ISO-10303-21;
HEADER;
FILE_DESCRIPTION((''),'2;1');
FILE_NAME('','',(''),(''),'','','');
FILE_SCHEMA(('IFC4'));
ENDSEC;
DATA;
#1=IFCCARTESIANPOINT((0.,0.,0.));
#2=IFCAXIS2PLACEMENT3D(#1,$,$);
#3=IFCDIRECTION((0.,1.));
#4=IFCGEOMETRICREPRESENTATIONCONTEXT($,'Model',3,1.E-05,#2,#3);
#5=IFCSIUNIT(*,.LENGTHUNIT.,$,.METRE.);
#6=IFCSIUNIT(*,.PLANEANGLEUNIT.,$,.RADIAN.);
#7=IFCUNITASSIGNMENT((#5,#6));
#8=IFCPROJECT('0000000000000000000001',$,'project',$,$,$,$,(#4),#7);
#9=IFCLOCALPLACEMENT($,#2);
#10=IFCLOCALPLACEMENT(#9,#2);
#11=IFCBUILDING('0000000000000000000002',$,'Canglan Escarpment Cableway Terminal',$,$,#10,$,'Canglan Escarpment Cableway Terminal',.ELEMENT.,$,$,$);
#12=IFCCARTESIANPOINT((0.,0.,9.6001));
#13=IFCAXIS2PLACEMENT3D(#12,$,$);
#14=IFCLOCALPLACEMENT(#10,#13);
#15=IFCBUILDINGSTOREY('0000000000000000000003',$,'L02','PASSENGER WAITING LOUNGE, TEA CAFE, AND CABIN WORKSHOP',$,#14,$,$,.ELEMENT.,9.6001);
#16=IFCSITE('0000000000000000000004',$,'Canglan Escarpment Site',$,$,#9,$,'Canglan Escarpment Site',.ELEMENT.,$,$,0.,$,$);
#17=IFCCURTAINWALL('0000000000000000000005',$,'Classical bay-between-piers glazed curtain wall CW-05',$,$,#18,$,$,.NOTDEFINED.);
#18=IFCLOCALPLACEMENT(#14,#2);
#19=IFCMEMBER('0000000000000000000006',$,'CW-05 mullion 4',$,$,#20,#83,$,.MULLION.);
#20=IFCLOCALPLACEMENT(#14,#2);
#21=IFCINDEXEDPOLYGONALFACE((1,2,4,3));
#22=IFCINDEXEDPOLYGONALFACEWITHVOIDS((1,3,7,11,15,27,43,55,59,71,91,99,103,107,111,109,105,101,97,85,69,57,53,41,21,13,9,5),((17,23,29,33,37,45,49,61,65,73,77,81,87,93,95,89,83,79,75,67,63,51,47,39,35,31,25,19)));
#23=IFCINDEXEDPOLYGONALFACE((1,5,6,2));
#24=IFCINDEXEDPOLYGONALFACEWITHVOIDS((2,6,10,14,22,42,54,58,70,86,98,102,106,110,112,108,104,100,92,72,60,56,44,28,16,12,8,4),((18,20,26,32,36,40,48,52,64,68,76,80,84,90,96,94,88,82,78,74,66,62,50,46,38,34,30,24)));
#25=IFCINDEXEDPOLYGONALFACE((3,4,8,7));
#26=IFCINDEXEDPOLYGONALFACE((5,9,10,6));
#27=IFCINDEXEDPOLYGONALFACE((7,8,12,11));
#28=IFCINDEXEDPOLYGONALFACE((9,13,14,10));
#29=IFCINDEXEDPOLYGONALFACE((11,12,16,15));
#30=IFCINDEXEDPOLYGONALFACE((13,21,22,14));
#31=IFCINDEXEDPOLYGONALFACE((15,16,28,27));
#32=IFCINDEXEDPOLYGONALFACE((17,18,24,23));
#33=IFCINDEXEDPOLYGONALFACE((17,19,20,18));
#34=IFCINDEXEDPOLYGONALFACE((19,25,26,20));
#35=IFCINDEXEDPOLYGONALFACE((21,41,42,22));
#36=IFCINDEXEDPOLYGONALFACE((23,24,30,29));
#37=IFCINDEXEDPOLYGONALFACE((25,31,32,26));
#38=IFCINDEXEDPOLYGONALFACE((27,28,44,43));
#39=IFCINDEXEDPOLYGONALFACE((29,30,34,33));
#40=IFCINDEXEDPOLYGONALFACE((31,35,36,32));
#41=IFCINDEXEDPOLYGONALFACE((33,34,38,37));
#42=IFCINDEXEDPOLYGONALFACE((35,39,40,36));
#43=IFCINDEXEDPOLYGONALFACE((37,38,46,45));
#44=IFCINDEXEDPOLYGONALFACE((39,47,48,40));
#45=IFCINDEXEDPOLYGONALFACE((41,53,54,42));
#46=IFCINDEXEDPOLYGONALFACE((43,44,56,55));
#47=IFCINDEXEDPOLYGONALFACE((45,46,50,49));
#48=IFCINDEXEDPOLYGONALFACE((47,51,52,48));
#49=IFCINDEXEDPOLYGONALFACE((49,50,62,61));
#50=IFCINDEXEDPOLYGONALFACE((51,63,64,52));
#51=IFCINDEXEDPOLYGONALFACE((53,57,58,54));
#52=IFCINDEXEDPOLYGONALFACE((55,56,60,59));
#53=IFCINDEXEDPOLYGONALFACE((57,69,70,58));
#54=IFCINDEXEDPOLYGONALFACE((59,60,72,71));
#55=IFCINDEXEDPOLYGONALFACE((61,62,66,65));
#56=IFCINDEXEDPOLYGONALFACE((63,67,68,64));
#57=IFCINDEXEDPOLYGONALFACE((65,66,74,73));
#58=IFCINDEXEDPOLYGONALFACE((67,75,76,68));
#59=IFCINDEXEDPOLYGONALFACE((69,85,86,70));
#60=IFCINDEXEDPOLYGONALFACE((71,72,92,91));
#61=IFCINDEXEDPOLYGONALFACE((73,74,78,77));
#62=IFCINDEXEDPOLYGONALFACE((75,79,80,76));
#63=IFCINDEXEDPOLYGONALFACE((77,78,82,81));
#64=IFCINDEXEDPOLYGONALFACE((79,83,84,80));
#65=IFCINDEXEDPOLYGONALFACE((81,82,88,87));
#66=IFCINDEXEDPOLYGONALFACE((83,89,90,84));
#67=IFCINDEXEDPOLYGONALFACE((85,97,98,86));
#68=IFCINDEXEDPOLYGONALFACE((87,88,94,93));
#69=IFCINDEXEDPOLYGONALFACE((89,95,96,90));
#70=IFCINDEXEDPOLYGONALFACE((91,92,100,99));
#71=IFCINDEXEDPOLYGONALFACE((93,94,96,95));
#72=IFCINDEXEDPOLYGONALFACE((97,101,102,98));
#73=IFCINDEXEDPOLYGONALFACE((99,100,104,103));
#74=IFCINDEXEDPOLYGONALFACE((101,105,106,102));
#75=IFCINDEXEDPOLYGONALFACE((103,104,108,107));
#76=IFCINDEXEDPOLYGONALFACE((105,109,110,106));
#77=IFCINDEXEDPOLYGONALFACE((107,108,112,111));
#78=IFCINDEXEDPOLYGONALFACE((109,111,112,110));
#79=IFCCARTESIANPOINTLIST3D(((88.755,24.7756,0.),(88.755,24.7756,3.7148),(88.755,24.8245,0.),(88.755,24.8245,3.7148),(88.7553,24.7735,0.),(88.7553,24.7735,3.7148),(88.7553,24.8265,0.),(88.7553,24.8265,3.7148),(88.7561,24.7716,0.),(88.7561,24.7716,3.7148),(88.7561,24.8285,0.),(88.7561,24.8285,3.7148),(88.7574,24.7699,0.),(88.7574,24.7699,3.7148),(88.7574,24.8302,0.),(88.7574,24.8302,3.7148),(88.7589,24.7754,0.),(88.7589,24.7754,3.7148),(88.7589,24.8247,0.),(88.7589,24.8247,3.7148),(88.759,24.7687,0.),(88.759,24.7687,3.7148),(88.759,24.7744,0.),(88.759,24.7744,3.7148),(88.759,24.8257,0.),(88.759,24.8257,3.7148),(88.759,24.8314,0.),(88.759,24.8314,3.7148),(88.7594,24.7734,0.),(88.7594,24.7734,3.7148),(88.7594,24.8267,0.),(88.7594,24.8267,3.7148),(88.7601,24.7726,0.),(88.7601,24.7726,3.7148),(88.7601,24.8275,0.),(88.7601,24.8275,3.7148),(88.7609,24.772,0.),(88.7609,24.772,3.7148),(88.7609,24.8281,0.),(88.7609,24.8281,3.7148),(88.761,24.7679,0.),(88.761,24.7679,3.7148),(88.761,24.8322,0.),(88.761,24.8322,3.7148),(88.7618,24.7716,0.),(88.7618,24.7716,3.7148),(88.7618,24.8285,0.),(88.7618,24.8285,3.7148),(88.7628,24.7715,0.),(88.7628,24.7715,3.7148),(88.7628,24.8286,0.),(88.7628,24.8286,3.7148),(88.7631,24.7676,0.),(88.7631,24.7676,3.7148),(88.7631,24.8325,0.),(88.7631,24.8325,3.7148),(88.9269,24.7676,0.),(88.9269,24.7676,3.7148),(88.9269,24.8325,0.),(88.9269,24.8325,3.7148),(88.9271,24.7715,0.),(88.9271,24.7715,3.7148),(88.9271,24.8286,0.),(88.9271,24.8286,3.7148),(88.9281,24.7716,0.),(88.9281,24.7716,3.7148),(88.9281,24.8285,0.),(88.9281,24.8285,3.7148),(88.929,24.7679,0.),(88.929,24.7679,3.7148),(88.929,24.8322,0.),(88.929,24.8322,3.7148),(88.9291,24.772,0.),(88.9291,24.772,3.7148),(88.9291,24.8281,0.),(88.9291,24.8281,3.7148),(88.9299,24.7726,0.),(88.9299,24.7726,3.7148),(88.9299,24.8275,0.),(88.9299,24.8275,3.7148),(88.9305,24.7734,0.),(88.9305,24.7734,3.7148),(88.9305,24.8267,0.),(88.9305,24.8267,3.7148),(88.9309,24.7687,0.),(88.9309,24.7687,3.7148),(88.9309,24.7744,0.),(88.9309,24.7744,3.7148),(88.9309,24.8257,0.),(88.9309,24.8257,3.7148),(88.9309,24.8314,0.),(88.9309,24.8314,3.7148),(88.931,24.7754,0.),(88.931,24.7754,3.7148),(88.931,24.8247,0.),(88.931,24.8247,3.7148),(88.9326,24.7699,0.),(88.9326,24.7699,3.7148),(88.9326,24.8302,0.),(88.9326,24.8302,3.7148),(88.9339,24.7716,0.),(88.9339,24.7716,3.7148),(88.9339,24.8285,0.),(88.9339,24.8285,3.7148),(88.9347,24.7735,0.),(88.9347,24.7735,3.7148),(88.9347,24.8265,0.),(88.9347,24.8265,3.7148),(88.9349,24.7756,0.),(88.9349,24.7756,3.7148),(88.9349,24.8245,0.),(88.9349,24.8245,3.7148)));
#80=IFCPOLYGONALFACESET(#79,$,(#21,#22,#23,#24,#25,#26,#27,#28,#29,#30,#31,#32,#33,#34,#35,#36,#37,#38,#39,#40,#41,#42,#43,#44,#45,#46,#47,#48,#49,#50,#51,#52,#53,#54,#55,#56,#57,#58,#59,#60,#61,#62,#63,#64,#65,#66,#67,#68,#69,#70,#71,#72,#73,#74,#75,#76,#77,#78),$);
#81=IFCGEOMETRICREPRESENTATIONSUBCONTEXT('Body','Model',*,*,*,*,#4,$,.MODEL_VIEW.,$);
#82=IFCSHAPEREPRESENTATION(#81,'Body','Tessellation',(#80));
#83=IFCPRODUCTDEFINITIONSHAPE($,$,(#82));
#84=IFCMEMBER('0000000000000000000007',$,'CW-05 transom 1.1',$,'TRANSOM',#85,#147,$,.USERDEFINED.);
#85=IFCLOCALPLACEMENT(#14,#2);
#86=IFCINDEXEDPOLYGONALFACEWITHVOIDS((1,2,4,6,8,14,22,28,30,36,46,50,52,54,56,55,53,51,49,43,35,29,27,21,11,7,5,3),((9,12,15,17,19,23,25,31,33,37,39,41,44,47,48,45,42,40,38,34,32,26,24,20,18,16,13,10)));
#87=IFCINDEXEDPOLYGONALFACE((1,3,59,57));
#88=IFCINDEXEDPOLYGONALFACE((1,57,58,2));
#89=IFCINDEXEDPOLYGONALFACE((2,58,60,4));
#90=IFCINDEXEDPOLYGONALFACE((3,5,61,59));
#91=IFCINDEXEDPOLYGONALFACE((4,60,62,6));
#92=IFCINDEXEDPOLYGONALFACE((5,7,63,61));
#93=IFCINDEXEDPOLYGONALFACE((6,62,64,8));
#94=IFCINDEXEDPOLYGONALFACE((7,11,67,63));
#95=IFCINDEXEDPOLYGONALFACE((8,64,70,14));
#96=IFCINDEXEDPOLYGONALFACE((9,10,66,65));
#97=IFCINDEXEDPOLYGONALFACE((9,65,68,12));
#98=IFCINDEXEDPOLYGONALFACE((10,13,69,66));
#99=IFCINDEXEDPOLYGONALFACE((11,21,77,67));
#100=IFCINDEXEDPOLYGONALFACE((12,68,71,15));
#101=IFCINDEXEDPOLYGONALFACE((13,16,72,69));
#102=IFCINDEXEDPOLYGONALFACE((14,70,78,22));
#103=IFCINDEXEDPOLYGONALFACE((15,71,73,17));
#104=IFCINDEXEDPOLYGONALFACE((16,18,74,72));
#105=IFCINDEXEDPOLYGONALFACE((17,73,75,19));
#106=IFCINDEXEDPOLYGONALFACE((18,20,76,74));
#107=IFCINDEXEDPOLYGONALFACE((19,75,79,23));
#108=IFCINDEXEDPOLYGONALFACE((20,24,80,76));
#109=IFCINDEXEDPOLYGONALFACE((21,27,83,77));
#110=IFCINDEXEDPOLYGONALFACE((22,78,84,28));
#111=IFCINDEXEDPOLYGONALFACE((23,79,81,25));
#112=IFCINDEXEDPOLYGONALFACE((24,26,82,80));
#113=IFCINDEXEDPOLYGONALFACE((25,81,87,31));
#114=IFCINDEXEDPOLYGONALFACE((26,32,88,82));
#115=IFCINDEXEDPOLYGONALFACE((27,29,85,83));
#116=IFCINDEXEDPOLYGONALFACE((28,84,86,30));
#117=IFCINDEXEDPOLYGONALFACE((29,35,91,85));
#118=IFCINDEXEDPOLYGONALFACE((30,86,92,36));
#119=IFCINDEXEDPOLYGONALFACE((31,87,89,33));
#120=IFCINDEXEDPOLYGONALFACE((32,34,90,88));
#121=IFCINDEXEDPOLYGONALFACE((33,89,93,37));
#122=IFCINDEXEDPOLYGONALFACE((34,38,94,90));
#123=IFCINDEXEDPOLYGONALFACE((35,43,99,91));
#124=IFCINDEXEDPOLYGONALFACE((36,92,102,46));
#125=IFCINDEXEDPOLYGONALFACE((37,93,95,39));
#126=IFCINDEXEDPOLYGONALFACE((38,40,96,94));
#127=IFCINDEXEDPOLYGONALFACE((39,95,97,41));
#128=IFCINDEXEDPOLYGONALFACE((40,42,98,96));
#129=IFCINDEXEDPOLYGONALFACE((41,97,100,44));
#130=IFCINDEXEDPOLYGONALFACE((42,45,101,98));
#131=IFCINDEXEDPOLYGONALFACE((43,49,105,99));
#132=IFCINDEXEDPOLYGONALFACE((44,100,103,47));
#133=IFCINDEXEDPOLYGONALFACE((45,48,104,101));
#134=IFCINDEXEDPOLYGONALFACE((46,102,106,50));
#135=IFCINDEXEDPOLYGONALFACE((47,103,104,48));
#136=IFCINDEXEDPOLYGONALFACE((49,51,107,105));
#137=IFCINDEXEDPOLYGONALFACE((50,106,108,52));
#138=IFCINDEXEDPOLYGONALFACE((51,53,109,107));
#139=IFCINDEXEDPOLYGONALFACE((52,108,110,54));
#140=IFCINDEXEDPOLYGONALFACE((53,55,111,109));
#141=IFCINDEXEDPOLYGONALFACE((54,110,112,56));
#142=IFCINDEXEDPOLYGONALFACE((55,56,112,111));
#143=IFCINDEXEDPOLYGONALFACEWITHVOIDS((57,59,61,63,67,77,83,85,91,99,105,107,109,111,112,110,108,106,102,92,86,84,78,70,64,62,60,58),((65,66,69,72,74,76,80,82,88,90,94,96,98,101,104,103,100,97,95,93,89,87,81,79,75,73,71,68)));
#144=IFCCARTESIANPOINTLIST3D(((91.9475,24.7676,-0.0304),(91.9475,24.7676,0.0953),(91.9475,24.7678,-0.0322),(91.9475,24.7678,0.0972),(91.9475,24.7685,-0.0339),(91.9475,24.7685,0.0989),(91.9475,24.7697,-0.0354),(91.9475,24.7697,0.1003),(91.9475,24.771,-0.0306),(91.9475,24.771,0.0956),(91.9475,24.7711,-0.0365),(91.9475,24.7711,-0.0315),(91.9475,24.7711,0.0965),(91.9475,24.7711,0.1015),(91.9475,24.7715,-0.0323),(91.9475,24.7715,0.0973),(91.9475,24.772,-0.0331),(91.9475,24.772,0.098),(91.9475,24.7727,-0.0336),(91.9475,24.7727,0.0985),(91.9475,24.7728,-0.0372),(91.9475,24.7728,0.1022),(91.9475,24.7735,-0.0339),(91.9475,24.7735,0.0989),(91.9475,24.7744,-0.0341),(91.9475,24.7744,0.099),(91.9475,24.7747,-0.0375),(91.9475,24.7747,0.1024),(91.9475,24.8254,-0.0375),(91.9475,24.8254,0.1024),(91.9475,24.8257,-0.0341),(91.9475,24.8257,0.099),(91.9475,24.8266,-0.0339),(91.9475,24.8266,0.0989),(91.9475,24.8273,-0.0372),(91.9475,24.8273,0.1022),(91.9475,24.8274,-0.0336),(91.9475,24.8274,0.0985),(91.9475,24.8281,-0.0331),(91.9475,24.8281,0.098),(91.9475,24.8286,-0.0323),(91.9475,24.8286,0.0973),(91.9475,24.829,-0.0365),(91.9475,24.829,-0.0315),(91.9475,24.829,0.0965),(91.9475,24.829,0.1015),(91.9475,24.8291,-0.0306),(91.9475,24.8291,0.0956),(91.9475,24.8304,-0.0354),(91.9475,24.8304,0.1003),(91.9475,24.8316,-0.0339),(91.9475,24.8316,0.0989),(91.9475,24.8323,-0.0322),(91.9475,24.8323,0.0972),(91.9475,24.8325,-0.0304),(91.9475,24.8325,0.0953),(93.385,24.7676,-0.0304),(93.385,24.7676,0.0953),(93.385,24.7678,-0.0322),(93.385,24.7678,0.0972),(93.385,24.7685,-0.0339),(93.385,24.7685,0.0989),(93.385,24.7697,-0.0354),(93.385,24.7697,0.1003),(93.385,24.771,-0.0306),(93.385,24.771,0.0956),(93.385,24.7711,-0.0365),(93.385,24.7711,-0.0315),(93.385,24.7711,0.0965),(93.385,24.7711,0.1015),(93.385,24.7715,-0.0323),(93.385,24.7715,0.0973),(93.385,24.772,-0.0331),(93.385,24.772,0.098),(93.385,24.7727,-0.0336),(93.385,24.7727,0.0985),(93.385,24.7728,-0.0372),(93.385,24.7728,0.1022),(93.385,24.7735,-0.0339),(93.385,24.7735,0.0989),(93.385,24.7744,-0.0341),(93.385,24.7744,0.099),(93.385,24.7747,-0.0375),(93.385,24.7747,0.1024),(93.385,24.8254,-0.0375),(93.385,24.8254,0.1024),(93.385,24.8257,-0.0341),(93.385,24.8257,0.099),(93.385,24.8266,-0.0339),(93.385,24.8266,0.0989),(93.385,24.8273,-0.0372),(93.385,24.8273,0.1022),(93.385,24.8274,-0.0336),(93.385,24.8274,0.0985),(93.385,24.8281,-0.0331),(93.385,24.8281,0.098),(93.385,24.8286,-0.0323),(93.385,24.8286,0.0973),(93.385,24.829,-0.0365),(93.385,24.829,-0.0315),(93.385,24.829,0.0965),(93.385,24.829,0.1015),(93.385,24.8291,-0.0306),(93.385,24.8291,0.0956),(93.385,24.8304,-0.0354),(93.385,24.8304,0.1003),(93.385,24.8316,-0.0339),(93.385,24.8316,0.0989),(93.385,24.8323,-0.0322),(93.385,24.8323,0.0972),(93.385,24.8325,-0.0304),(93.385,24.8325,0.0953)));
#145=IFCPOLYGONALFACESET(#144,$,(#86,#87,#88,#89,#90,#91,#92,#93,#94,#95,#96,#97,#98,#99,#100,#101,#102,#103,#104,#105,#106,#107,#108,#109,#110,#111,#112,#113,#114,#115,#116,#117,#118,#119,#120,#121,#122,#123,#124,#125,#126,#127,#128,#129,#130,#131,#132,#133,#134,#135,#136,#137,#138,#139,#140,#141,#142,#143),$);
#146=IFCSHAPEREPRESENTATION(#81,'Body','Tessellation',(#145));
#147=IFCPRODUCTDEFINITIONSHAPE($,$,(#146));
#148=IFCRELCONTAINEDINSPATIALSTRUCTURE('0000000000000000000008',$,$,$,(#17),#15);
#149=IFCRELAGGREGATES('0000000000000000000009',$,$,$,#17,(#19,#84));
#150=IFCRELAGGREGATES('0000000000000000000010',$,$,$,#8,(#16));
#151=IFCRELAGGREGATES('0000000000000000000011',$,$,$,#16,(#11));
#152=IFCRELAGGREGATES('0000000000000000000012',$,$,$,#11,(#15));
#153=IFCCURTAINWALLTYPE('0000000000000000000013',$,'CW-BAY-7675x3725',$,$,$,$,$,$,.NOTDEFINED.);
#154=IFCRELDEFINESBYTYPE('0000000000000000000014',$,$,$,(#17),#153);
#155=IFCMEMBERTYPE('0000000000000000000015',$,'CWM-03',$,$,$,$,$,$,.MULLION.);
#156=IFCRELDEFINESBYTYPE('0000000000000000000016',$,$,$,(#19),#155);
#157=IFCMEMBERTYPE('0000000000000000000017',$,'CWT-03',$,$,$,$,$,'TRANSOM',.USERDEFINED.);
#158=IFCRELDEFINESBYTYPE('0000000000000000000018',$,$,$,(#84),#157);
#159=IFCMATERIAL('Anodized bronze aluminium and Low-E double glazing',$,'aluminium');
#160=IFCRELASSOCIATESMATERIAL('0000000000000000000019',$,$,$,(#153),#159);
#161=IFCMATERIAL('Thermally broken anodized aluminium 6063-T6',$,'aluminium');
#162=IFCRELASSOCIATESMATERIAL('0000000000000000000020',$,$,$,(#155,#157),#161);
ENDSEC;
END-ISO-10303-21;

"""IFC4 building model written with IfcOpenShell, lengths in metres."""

from ifc_helpers import new_model, si_unit, direction, frame, origin, origin_2d, place, context, subcontext, project, spatial, hollow_rectangle, extrude, material, material_profile, profile_set, type_object, element, aggregate, save


model = new_model("IFC4")

# Units and contexts
model_context = context("Model", 3, precision=1e-05, world=origin(), true_north=direction((0.0, 1.0)))
body_context = subcontext(model_context, "Body", "Model", "MODEL_VIEW")
ifc_project = project(units=[si_unit("LENGTHUNIT", "METRE"), si_unit("PLANEANGLEUNIT", "RADIAN")], contexts=[model_context])

# Site, building, storey
site_placement = place(None, origin())
site = spatial("IfcSite", under=ifc_project, at=site_placement, Name="Canglan Escarpment Site", LongName="Canglan Escarpment Site", CompositionType="ELEMENT", RefElevation=0.0)
building_placement = place(site_placement, origin())
building = spatial("IfcBuilding", under=site, at=building_placement, Name="Canglan Escarpment Cableway Terminal", LongName="Canglan Escarpment Cableway Terminal", CompositionType="ELEMENT")
storey_placement = place(building_placement, frame((0.0, 0.0, 9.6001)))
storey = spatial("IfcBuildingStorey", under=building, at=storey_placement, Name="L02", Description="PASSENGER WAITING LOUNGE, TEA CAFE, AND CABIN WORKSHOP", CompositionType="ELEMENT", Elevation=9.6001)

# Curtain wall, members
ifc_material_1 = material(Name="Anodized bronze aluminium and Low-E double glazing", Category="aluminium")
curtain_wall_type = type_object("IfcCurtainWallType", Name="CW-BAY-7675x3725", PredefinedType="NOTDEFINED", material=ifc_material_1)
curtain_wall_placement = place(storey_placement, origin())
curtain_wall = element("IfcCurtainWall", 1, at=curtain_wall_placement, inside=storey, type_object=curtain_wall_type, Name="Classical bay-between-piers glazed curtain wall CW-05", PredefinedType="NOTDEFINED")
ifc_material_2 = material(Name="Thermally broken anodized aluminium 6063-T6", Category="aluminium")
ifc_material_profile_1 = material_profile(ifc_material_2, hollow_rectangle(XDim=0.0649, YDim=0.1799, WallThickness=0.0039, InnerFilletRadius=0.0039, OuterFilletRadius=0.0081, at=origin_2d()), Name="ALU-MULL 65x180x4")
ifc_profile_set_1 = profile_set([ifc_material_profile_1], Name="Thermally broken anodized aluminium 6063-T6")
member_type_1 = type_object("IfcMemberType", Name="CWM-03", PredefinedType="MULLION", material=ifc_profile_set_1)
member_1_placement = place(storey_placement, frame((88.845, 24.8, 0.0), z_axis=(0.0, 0.0, 1.0), x_axis=(0.0, -1.0, 0.0)))
member_1 = element("IfcMember", 2, at=member_1_placement, type_object=member_type_1, Name="CW-05 mullion 4", PredefinedType="MULLION", context=body_context, shape_type="SweptSolid", body=[
    extrude(hollow_rectangle(XDim=0.0649, YDim=0.1799, WallThickness=0.0039, InnerFilletRadius=0.0039, OuterFilletRadius=0.0081, at=origin_2d()), origin(), (0.0, 0.0, 1.0), 3.7148),
])
ifc_material_profile_2 = material_profile(ifc_material_2, hollow_rectangle(XDim=0.0649, YDim=0.1399, WallThickness=0.0034, InnerFilletRadius=0.0034, OuterFilletRadius=0.0071, at=origin_2d()), Name="ALU-TRAN 65x140x3.5")
ifc_profile_set_2 = profile_set([ifc_material_profile_2], Name="Thermally broken anodized aluminium 6063-T6")
member_type_2 = type_object("IfcMemberType", Name="CWT-03", ElementType="TRANSOM", PredefinedType="USERDEFINED", material=ifc_profile_set_2)
member_2_placement = place(storey_placement, frame((93.385, 24.8, 0.0325), z_axis=(-1.0, 0.0, 0.0), x_axis=(0.0, -1.0, 0.0)))
member_2 = element("IfcMember", 3, at=member_2_placement, type_object=member_type_2, Name="CW-05 transom 1.1", ObjectType="TRANSOM", PredefinedType="USERDEFINED", context=body_context, shape_type="SweptSolid", body=[
    extrude(hollow_rectangle(XDim=0.0649, YDim=0.1399, WallThickness=0.0034, InnerFilletRadius=0.0034, OuterFilletRadius=0.0071, at=origin_2d()), origin(), (0.0, 0.0, 1.0), 1.4375),
])
aggregate(curtain_wall, [member_1, member_2])

save(model, "model.ifc")
